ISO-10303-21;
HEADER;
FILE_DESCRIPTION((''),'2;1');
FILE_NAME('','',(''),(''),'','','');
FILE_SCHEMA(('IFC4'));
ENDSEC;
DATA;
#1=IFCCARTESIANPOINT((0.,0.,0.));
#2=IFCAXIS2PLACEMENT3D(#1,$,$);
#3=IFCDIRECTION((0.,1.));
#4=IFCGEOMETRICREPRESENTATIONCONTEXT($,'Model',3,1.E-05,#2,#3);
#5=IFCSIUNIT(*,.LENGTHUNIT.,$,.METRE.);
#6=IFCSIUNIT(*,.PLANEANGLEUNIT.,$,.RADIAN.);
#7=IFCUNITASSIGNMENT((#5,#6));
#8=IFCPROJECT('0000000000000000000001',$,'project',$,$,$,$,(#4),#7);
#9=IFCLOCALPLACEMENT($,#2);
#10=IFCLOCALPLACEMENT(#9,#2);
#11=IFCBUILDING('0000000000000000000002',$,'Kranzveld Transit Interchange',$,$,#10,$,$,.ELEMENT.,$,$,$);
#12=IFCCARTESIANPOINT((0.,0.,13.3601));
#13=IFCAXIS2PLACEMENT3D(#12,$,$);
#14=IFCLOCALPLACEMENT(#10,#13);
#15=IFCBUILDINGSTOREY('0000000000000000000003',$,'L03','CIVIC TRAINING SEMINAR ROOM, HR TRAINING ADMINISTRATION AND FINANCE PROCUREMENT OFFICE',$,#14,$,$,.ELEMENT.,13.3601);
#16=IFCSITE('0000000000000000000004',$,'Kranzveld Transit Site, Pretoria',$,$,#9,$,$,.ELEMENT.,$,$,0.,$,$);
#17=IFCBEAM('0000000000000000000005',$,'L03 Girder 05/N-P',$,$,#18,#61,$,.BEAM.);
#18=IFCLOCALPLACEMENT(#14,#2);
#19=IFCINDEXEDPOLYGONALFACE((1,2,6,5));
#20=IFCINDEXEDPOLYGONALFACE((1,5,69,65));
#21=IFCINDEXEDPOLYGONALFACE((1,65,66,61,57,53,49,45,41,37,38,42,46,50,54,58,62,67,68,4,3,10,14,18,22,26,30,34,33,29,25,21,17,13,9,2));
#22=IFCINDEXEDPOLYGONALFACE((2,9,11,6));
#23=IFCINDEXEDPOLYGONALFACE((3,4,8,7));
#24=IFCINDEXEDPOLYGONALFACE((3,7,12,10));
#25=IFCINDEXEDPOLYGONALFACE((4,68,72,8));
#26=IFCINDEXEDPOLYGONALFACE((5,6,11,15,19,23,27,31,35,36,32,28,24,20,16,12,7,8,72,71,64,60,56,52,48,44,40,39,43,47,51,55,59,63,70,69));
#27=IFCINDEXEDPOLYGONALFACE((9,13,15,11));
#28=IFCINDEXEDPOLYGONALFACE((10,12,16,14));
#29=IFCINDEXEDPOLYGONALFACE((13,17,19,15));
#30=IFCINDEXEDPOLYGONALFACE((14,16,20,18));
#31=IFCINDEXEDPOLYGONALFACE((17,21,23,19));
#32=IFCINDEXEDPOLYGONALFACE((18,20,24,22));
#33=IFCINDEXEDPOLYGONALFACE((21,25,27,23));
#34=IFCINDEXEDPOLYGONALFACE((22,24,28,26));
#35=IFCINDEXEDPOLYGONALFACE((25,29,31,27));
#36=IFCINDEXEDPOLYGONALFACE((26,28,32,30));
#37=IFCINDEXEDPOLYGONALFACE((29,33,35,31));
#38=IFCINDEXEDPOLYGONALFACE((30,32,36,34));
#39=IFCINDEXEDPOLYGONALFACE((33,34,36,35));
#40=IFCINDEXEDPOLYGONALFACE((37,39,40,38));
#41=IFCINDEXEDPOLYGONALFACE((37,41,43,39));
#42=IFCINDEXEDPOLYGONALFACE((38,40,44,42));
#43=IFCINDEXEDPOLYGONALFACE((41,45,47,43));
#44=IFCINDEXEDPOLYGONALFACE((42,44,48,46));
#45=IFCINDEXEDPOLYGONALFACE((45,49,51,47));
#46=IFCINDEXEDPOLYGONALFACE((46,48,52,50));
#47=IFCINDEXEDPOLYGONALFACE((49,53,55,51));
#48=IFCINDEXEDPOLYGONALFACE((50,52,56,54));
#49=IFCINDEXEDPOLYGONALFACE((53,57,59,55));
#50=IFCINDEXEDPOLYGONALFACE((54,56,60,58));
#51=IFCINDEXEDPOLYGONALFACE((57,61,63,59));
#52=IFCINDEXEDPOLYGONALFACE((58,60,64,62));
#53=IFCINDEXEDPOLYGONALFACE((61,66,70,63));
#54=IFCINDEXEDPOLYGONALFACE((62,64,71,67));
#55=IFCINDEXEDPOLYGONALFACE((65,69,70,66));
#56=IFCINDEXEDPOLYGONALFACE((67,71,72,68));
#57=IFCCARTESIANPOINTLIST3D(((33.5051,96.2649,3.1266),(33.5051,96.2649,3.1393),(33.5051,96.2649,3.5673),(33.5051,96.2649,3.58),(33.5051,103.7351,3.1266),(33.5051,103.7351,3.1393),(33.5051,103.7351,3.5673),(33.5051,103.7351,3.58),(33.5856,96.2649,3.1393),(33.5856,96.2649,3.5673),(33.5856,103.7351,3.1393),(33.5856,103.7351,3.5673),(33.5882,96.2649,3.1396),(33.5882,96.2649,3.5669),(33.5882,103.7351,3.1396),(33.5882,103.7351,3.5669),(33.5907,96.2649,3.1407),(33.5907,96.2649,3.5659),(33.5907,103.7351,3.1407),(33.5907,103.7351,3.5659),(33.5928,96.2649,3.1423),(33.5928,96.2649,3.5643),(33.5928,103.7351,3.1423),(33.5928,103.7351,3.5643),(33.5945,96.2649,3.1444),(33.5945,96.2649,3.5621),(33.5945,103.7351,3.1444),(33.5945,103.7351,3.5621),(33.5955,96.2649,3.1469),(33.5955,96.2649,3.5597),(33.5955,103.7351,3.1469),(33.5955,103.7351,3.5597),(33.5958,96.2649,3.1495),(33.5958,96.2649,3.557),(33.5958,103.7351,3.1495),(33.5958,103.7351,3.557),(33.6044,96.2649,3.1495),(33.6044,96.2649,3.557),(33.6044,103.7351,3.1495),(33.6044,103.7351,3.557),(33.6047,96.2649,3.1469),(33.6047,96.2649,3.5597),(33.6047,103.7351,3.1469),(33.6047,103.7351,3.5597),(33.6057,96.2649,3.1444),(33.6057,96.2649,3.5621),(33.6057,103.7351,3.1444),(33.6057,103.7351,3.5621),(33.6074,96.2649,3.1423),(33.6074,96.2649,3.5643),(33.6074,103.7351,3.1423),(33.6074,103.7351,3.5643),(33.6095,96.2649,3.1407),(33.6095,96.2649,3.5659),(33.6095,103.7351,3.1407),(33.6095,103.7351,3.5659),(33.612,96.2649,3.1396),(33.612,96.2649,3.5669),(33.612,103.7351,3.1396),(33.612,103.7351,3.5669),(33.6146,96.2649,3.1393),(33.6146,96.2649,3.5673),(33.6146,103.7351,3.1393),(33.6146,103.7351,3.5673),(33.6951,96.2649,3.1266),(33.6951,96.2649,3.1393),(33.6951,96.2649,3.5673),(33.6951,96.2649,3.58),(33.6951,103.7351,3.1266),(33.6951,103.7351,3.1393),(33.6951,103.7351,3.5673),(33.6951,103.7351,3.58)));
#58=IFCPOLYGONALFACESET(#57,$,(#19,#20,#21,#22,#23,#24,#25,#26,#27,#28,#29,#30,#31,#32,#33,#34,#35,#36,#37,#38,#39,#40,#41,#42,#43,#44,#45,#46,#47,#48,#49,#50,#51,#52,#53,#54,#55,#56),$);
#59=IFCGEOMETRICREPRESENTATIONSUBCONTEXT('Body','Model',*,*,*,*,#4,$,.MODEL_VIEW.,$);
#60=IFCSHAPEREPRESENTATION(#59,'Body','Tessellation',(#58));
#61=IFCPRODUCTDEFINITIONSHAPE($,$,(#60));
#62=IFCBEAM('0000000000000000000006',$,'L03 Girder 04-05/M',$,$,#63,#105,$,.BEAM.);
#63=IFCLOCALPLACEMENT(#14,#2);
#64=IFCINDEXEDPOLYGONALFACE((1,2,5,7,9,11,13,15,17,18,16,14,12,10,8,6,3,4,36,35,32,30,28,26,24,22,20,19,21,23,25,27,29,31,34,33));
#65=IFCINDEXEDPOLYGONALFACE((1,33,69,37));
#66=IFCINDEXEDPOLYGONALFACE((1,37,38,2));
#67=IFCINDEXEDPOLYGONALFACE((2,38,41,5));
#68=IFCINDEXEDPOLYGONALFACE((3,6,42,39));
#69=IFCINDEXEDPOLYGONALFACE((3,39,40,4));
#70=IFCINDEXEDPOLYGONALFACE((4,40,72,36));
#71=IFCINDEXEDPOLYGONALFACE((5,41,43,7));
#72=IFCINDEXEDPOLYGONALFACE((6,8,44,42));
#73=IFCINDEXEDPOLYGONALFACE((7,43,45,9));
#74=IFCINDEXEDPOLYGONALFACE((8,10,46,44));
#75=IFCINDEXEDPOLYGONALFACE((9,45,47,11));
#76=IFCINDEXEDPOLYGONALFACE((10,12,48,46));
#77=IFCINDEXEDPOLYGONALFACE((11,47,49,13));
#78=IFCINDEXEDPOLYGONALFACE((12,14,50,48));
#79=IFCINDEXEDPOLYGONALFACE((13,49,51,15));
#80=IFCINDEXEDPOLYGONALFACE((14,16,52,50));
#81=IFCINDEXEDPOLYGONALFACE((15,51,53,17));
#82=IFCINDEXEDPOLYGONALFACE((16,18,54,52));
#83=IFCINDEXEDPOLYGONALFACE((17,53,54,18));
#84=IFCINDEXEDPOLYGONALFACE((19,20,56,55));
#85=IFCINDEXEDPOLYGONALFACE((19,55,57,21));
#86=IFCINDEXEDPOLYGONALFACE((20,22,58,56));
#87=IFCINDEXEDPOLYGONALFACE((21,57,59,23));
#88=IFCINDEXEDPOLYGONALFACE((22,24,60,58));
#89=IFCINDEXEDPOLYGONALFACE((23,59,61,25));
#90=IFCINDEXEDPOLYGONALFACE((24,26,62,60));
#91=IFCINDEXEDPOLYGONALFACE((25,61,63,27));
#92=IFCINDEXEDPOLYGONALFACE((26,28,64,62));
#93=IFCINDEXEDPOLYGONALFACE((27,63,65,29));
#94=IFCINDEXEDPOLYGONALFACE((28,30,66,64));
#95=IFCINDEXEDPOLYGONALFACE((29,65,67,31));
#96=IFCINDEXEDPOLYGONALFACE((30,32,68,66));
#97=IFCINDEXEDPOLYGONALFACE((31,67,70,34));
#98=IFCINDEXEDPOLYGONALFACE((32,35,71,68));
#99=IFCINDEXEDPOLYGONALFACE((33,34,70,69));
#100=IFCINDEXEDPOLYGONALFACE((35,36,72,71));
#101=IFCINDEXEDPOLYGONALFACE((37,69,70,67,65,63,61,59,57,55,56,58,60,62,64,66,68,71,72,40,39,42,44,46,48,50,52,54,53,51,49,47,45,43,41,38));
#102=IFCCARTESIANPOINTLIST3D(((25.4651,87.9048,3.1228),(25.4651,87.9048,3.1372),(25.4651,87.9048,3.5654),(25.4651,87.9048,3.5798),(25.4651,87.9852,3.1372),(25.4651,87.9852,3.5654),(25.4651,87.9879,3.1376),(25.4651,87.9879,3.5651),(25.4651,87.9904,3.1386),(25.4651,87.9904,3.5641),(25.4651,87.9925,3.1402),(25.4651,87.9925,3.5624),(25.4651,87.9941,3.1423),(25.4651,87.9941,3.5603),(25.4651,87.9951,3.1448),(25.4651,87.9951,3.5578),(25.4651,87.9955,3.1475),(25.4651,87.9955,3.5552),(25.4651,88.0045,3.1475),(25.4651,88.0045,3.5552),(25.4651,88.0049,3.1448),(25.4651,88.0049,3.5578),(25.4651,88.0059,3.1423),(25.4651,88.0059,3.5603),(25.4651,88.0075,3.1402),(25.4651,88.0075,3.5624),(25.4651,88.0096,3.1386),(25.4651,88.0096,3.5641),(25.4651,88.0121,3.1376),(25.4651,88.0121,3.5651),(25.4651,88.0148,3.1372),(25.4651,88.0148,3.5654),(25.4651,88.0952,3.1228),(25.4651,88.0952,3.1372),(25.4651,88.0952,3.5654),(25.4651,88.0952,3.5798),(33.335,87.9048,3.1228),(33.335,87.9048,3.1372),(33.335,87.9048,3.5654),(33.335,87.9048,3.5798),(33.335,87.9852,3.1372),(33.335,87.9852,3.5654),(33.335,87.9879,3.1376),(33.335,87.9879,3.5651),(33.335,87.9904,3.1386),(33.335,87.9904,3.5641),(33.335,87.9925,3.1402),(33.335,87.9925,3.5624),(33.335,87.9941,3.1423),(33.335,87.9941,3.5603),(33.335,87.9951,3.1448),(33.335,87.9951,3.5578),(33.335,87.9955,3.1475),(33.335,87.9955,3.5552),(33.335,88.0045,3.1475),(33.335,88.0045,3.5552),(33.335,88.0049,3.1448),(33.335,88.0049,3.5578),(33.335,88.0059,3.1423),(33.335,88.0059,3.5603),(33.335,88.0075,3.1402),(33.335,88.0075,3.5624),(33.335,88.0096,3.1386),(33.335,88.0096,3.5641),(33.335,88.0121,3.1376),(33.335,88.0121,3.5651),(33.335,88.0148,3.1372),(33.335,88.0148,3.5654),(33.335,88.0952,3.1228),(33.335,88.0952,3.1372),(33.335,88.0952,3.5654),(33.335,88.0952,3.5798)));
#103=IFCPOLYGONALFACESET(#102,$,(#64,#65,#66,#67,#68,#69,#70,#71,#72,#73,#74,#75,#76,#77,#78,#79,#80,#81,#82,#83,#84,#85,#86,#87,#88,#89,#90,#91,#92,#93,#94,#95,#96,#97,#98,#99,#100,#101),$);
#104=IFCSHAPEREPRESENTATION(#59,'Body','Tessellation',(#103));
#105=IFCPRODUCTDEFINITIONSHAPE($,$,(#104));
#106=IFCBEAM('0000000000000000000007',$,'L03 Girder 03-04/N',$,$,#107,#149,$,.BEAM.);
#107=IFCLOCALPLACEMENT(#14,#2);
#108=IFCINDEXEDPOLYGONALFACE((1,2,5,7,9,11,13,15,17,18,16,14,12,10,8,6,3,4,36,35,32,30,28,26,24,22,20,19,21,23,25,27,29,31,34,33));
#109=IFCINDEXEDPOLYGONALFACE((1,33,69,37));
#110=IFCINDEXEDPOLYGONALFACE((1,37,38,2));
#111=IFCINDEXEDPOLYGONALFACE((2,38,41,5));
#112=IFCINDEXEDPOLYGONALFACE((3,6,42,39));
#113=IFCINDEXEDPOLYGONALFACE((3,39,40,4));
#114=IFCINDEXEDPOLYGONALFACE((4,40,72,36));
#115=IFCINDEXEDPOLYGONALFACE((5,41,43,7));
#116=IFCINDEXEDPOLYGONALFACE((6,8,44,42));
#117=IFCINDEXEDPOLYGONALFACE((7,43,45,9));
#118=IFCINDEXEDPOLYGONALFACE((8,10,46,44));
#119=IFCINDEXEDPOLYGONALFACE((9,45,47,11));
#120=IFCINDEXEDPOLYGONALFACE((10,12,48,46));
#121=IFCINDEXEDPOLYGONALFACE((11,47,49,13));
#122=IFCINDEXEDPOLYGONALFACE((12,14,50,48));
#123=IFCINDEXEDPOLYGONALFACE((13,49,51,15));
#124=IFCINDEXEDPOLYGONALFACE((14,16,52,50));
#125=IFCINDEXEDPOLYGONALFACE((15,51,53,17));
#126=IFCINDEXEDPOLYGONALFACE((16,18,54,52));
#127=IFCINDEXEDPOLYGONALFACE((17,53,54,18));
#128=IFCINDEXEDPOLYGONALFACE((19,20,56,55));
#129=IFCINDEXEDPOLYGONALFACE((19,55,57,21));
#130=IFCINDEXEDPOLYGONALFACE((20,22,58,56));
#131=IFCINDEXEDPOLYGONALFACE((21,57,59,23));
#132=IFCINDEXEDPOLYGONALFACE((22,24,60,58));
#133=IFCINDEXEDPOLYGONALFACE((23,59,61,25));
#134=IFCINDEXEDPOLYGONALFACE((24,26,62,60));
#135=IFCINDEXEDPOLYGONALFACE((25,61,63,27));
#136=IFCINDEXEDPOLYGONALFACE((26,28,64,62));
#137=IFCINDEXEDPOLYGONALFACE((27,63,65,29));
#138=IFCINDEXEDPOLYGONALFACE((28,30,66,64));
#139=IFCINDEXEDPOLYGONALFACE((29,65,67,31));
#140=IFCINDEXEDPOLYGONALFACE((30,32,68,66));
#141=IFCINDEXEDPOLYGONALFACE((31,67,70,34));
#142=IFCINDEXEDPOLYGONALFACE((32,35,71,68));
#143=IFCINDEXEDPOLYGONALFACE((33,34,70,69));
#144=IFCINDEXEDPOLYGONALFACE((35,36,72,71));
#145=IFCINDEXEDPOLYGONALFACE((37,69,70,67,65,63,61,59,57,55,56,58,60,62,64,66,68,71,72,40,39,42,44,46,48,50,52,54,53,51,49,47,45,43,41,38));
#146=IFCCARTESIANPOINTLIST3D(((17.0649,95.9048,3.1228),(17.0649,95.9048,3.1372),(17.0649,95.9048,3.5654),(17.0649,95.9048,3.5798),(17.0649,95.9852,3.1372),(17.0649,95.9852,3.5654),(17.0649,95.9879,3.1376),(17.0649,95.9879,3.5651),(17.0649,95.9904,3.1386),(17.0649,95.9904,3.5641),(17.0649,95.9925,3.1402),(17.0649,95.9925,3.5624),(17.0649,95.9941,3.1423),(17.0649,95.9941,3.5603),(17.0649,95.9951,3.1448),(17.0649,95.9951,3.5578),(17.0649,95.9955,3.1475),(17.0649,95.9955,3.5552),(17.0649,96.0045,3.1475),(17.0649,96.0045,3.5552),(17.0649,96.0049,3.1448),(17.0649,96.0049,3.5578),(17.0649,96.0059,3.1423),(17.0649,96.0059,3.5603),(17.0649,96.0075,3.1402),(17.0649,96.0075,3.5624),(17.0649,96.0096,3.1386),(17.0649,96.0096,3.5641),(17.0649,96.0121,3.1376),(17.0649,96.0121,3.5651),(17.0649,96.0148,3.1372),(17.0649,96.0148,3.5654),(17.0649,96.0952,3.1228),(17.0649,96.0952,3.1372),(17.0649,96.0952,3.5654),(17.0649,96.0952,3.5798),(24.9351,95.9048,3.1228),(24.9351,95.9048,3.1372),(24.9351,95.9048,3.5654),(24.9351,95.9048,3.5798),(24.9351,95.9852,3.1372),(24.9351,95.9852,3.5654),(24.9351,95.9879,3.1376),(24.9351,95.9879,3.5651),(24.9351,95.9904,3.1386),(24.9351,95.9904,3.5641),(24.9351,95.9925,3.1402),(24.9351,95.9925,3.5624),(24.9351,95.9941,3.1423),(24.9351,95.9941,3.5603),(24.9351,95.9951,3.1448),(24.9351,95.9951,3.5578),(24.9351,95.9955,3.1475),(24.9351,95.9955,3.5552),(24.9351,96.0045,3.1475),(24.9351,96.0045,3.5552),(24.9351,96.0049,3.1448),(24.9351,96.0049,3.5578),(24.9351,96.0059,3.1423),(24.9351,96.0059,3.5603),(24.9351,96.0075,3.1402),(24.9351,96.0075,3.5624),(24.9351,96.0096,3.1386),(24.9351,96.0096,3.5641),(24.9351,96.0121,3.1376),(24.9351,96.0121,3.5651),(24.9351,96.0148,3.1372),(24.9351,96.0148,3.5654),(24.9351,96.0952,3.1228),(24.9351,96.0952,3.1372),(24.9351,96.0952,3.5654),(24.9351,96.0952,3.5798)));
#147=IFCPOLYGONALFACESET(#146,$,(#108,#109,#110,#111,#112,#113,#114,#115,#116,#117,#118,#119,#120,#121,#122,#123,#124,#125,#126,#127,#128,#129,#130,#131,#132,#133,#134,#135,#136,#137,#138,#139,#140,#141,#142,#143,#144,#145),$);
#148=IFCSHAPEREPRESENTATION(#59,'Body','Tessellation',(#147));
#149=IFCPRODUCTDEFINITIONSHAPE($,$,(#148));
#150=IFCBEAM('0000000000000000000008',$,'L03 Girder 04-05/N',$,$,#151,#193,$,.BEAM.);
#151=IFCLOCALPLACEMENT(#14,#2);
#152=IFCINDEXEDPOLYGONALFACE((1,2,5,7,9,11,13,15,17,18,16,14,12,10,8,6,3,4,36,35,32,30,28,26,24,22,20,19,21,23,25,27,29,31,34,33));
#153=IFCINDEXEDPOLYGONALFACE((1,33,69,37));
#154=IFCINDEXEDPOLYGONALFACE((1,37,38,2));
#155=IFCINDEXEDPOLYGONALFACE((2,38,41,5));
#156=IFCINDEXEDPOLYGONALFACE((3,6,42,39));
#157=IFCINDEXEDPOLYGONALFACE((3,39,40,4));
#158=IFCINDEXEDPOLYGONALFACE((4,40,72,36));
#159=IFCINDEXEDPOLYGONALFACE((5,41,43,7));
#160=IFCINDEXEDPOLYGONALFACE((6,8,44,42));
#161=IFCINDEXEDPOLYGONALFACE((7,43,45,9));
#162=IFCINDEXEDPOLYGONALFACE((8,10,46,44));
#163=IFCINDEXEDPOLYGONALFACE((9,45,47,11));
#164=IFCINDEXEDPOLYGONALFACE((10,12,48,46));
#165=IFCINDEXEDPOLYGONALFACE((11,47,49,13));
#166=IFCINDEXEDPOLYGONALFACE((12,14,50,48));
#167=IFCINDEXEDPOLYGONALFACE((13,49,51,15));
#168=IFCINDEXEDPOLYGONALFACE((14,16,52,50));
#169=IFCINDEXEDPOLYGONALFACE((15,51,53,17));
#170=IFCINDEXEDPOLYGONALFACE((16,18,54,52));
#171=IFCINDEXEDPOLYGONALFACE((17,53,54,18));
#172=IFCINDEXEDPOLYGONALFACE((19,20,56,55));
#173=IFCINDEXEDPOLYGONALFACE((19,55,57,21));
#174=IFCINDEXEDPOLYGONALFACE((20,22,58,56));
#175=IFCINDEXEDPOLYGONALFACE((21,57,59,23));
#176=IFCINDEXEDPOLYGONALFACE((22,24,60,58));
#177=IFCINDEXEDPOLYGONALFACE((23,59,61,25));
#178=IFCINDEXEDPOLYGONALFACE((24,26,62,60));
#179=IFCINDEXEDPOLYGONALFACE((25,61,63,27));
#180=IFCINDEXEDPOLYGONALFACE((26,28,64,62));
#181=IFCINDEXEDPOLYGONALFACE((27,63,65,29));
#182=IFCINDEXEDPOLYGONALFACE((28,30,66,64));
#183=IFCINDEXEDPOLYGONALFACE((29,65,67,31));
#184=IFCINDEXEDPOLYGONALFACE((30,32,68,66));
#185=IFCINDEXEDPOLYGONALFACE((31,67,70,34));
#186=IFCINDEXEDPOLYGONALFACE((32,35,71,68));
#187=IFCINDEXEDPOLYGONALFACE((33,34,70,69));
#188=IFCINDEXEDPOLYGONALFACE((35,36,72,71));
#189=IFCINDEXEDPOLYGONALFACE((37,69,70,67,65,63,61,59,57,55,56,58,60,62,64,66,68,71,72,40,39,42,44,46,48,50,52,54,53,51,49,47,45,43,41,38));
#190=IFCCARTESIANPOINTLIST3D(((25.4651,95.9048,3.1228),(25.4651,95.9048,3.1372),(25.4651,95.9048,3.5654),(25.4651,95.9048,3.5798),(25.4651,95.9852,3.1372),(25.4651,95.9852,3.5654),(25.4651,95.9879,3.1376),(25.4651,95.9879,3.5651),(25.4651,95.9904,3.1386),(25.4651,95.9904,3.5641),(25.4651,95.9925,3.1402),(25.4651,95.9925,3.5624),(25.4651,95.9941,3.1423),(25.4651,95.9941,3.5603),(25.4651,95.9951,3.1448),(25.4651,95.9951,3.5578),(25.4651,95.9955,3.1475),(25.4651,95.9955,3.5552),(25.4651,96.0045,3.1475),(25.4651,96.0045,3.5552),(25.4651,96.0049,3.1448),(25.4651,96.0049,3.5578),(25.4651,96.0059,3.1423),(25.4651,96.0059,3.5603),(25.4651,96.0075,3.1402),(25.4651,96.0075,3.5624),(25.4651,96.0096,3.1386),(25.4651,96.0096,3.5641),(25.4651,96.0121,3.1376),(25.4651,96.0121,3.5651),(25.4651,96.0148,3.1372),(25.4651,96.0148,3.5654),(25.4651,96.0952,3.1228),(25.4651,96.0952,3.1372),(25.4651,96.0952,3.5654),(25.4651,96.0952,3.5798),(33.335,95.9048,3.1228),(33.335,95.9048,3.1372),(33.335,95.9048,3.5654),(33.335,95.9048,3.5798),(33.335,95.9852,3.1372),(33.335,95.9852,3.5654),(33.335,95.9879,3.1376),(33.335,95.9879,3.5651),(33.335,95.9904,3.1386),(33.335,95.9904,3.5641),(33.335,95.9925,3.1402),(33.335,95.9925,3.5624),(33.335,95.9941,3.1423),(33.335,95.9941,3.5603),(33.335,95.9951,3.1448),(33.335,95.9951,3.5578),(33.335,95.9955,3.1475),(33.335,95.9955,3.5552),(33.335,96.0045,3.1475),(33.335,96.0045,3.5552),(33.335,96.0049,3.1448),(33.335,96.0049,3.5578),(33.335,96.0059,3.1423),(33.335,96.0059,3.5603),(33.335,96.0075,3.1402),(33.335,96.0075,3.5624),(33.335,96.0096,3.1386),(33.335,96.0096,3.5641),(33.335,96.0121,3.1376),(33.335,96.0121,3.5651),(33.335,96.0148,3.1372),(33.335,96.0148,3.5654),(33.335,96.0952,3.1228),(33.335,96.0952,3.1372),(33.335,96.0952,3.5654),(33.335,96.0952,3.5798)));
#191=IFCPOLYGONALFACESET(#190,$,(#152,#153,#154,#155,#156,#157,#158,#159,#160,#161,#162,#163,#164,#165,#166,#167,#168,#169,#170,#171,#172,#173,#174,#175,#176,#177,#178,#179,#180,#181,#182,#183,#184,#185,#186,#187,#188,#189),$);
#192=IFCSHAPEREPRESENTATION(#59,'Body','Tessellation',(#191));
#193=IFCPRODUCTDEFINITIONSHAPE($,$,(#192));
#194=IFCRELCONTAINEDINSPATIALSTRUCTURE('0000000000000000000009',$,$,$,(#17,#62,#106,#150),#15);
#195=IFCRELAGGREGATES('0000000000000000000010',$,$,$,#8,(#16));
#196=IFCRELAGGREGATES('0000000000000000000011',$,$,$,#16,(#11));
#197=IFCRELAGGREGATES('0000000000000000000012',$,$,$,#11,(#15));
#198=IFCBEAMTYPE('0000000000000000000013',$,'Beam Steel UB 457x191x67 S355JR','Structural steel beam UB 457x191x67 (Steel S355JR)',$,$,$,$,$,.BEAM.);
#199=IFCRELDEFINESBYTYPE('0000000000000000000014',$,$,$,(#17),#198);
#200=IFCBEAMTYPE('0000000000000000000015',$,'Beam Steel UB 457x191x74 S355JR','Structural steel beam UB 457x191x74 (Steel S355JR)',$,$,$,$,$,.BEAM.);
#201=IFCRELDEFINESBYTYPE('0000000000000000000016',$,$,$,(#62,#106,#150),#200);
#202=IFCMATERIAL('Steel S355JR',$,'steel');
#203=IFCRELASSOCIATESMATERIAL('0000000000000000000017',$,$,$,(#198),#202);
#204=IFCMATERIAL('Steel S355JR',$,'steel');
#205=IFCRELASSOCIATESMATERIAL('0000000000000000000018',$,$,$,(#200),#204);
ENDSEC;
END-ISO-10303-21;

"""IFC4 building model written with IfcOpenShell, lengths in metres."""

from ifc_helpers import new_model, si_unit, direction, frame, origin, origin_2d, place, context, subcontext, project, spatial, i_section, extrude, material, material_profile, profile_set, type_object, element, save


model = new_model("IFC4")

# Units and contexts
model_context = context("Model", 3, precision=1e-05, world=origin(), true_north=direction((0.0, 1.0)))
body_context = subcontext(model_context, "Body", "Model", "MODEL_VIEW")
ifc_project = project(units=[si_unit("LENGTHUNIT", "METRE"), si_unit("PLANEANGLEUNIT", "RADIAN")], contexts=[model_context])

# Site, building, storey
site_placement = place(None, origin())
site = spatial("IfcSite", under=ifc_project, at=site_placement, Name="Kranzveld Transit Site, Pretoria", CompositionType="ELEMENT", RefElevation=0.0)
building_placement = place(site_placement, origin())
building = spatial("IfcBuilding", under=site, at=building_placement, Name="Kranzveld Transit Interchange", CompositionType="ELEMENT")
storey_placement = place(building_placement, frame((0.0, 0.0, 13.3601)))
storey = spatial("IfcBuildingStorey", under=building, at=storey_placement, Name="L03", Description="CIVIC TRAINING SEMINAR ROOM, HR TRAINING ADMINISTRATION AND FINANCE PROCUREMENT OFFICE", CompositionType="ELEMENT", Elevation=13.3601)

# Beams
ifc_material_1 = material(Name="Steel S355JR", Category="steel")
ifc_material_profile_1 = material_profile(ifc_material_1, i_section(OverallWidth=0.1899, OverallDepth=0.4534, WebThickness=0.0085, FlangeThickness=0.0127, FilletRadius=0.0103, at=origin_2d()), Name="UB 457x191x67")
ifc_profile_set_1 = profile_set([ifc_material_profile_1], Name="Steel S355JR")
beam_type_1 = type_object("IfcBeamType", Name="Beam Steel UB 457x191x67 S355JR", Description="Structural steel beam UB 457x191x67 (Steel S355JR)", PredefinedType="BEAM", material=ifc_profile_set_1)
for number, where, z_axis, x_axis, name in (
    (1, (33.6001, 96.2649, 3.3533), (0.0, 1.0, 0.0), (-1.0, 0.0, 0.0), "L03 Girder 05/N-P"),
):
    element("IfcBeam", number, at=place(storey_placement, frame(where, z_axis=z_axis, x_axis=x_axis)), inside=storey, type_object=beam_type_1, Name=name, PredefinedType="BEAM", context=body_context, shape_type="SweptSolid", body=[
        extrude(i_section(OverallWidth=0.1899, OverallDepth=0.4534, WebThickness=0.0085, FlangeThickness=0.0127, FilletRadius=0.0103, at=origin_2d()), origin(), (0.0, 0.0, 1.0), 7.4702),
    ])
ifc_material_2 = material(Name="Steel S355JR", Category="steel")
ifc_material_profile_2 = material_profile(ifc_material_2, i_section(OverallWidth=0.1904, OverallDepth=0.457, WebThickness=0.009, FlangeThickness=0.0144, FilletRadius=0.0103, at=origin_2d()), Name="UB 457x191x74")
ifc_profile_set_2 = profile_set([ifc_material_profile_2], Name="Steel S355JR")
beam_type_2 = type_object("IfcBeamType", Name="Beam Steel UB 457x191x74 S355JR", Description="Structural steel beam UB 457x191x74 (Steel S355JR)", PredefinedType="BEAM", material=ifc_profile_set_2)
beam_1_placement = place(storey_placement, frame((25.4651, 88.0, 3.3513), z_axis=(1.0, 0.0, 0.0), x_axis=(0.0, 1.0, 0.0)))
element("IfcBeam", 2, at=beam_1_placement, inside=storey, type_object=beam_type_2, Name="L03 Girder 04-05/M", PredefinedType="BEAM", context=body_context, shape_type="SweptSolid", body=[
    extrude(i_section(OverallWidth=0.1904, OverallDepth=0.457, WebThickness=0.009, FlangeThickness=0.0144, FilletRadius=0.0103, at=origin_2d()), origin(), (0.0, 0.0, 1.0), 7.8699),
])
beam_2_placement = place(storey_placement, frame((17.0649, 96.0, 3.3513), z_axis=(1.0, 0.0, 0.0), x_axis=(0.0, 1.0, 0.0)))
element("IfcBeam", 3, at=beam_2_placement, inside=storey, type_object=beam_type_2, Name="L03 Girder 03-04/N", PredefinedType="BEAM", context=body_context, shape_type="SweptSolid", body=[
    extrude(i_section(OverallWidth=0.1904, OverallDepth=0.457, WebThickness=0.009, FlangeThickness=0.0144, FilletRadius=0.0103, at=origin_2d()), origin(), (0.0, 0.0, 1.0), 7.8701),
])
beam_3_placement = place(storey_placement, frame((25.4651, 96.0, 3.3513), z_axis=(1.0, 0.0, 0.0), x_axis=(0.0, 1.0, 0.0)))
element("IfcBeam", 4, at=beam_3_placement, inside=storey, type_object=beam_type_2, Name="L03 Girder 04-05/N", PredefinedType="BEAM", context=body_context, shape_type="SweptSolid", body=[
    extrude(i_section(OverallWidth=0.1904, OverallDepth=0.457, WebThickness=0.009, FlangeThickness=0.0144, FilletRadius=0.0103, at=origin_2d()), origin(), (0.0, 0.0, 1.0), 7.8699),
])

save(model, "model.ifc")
